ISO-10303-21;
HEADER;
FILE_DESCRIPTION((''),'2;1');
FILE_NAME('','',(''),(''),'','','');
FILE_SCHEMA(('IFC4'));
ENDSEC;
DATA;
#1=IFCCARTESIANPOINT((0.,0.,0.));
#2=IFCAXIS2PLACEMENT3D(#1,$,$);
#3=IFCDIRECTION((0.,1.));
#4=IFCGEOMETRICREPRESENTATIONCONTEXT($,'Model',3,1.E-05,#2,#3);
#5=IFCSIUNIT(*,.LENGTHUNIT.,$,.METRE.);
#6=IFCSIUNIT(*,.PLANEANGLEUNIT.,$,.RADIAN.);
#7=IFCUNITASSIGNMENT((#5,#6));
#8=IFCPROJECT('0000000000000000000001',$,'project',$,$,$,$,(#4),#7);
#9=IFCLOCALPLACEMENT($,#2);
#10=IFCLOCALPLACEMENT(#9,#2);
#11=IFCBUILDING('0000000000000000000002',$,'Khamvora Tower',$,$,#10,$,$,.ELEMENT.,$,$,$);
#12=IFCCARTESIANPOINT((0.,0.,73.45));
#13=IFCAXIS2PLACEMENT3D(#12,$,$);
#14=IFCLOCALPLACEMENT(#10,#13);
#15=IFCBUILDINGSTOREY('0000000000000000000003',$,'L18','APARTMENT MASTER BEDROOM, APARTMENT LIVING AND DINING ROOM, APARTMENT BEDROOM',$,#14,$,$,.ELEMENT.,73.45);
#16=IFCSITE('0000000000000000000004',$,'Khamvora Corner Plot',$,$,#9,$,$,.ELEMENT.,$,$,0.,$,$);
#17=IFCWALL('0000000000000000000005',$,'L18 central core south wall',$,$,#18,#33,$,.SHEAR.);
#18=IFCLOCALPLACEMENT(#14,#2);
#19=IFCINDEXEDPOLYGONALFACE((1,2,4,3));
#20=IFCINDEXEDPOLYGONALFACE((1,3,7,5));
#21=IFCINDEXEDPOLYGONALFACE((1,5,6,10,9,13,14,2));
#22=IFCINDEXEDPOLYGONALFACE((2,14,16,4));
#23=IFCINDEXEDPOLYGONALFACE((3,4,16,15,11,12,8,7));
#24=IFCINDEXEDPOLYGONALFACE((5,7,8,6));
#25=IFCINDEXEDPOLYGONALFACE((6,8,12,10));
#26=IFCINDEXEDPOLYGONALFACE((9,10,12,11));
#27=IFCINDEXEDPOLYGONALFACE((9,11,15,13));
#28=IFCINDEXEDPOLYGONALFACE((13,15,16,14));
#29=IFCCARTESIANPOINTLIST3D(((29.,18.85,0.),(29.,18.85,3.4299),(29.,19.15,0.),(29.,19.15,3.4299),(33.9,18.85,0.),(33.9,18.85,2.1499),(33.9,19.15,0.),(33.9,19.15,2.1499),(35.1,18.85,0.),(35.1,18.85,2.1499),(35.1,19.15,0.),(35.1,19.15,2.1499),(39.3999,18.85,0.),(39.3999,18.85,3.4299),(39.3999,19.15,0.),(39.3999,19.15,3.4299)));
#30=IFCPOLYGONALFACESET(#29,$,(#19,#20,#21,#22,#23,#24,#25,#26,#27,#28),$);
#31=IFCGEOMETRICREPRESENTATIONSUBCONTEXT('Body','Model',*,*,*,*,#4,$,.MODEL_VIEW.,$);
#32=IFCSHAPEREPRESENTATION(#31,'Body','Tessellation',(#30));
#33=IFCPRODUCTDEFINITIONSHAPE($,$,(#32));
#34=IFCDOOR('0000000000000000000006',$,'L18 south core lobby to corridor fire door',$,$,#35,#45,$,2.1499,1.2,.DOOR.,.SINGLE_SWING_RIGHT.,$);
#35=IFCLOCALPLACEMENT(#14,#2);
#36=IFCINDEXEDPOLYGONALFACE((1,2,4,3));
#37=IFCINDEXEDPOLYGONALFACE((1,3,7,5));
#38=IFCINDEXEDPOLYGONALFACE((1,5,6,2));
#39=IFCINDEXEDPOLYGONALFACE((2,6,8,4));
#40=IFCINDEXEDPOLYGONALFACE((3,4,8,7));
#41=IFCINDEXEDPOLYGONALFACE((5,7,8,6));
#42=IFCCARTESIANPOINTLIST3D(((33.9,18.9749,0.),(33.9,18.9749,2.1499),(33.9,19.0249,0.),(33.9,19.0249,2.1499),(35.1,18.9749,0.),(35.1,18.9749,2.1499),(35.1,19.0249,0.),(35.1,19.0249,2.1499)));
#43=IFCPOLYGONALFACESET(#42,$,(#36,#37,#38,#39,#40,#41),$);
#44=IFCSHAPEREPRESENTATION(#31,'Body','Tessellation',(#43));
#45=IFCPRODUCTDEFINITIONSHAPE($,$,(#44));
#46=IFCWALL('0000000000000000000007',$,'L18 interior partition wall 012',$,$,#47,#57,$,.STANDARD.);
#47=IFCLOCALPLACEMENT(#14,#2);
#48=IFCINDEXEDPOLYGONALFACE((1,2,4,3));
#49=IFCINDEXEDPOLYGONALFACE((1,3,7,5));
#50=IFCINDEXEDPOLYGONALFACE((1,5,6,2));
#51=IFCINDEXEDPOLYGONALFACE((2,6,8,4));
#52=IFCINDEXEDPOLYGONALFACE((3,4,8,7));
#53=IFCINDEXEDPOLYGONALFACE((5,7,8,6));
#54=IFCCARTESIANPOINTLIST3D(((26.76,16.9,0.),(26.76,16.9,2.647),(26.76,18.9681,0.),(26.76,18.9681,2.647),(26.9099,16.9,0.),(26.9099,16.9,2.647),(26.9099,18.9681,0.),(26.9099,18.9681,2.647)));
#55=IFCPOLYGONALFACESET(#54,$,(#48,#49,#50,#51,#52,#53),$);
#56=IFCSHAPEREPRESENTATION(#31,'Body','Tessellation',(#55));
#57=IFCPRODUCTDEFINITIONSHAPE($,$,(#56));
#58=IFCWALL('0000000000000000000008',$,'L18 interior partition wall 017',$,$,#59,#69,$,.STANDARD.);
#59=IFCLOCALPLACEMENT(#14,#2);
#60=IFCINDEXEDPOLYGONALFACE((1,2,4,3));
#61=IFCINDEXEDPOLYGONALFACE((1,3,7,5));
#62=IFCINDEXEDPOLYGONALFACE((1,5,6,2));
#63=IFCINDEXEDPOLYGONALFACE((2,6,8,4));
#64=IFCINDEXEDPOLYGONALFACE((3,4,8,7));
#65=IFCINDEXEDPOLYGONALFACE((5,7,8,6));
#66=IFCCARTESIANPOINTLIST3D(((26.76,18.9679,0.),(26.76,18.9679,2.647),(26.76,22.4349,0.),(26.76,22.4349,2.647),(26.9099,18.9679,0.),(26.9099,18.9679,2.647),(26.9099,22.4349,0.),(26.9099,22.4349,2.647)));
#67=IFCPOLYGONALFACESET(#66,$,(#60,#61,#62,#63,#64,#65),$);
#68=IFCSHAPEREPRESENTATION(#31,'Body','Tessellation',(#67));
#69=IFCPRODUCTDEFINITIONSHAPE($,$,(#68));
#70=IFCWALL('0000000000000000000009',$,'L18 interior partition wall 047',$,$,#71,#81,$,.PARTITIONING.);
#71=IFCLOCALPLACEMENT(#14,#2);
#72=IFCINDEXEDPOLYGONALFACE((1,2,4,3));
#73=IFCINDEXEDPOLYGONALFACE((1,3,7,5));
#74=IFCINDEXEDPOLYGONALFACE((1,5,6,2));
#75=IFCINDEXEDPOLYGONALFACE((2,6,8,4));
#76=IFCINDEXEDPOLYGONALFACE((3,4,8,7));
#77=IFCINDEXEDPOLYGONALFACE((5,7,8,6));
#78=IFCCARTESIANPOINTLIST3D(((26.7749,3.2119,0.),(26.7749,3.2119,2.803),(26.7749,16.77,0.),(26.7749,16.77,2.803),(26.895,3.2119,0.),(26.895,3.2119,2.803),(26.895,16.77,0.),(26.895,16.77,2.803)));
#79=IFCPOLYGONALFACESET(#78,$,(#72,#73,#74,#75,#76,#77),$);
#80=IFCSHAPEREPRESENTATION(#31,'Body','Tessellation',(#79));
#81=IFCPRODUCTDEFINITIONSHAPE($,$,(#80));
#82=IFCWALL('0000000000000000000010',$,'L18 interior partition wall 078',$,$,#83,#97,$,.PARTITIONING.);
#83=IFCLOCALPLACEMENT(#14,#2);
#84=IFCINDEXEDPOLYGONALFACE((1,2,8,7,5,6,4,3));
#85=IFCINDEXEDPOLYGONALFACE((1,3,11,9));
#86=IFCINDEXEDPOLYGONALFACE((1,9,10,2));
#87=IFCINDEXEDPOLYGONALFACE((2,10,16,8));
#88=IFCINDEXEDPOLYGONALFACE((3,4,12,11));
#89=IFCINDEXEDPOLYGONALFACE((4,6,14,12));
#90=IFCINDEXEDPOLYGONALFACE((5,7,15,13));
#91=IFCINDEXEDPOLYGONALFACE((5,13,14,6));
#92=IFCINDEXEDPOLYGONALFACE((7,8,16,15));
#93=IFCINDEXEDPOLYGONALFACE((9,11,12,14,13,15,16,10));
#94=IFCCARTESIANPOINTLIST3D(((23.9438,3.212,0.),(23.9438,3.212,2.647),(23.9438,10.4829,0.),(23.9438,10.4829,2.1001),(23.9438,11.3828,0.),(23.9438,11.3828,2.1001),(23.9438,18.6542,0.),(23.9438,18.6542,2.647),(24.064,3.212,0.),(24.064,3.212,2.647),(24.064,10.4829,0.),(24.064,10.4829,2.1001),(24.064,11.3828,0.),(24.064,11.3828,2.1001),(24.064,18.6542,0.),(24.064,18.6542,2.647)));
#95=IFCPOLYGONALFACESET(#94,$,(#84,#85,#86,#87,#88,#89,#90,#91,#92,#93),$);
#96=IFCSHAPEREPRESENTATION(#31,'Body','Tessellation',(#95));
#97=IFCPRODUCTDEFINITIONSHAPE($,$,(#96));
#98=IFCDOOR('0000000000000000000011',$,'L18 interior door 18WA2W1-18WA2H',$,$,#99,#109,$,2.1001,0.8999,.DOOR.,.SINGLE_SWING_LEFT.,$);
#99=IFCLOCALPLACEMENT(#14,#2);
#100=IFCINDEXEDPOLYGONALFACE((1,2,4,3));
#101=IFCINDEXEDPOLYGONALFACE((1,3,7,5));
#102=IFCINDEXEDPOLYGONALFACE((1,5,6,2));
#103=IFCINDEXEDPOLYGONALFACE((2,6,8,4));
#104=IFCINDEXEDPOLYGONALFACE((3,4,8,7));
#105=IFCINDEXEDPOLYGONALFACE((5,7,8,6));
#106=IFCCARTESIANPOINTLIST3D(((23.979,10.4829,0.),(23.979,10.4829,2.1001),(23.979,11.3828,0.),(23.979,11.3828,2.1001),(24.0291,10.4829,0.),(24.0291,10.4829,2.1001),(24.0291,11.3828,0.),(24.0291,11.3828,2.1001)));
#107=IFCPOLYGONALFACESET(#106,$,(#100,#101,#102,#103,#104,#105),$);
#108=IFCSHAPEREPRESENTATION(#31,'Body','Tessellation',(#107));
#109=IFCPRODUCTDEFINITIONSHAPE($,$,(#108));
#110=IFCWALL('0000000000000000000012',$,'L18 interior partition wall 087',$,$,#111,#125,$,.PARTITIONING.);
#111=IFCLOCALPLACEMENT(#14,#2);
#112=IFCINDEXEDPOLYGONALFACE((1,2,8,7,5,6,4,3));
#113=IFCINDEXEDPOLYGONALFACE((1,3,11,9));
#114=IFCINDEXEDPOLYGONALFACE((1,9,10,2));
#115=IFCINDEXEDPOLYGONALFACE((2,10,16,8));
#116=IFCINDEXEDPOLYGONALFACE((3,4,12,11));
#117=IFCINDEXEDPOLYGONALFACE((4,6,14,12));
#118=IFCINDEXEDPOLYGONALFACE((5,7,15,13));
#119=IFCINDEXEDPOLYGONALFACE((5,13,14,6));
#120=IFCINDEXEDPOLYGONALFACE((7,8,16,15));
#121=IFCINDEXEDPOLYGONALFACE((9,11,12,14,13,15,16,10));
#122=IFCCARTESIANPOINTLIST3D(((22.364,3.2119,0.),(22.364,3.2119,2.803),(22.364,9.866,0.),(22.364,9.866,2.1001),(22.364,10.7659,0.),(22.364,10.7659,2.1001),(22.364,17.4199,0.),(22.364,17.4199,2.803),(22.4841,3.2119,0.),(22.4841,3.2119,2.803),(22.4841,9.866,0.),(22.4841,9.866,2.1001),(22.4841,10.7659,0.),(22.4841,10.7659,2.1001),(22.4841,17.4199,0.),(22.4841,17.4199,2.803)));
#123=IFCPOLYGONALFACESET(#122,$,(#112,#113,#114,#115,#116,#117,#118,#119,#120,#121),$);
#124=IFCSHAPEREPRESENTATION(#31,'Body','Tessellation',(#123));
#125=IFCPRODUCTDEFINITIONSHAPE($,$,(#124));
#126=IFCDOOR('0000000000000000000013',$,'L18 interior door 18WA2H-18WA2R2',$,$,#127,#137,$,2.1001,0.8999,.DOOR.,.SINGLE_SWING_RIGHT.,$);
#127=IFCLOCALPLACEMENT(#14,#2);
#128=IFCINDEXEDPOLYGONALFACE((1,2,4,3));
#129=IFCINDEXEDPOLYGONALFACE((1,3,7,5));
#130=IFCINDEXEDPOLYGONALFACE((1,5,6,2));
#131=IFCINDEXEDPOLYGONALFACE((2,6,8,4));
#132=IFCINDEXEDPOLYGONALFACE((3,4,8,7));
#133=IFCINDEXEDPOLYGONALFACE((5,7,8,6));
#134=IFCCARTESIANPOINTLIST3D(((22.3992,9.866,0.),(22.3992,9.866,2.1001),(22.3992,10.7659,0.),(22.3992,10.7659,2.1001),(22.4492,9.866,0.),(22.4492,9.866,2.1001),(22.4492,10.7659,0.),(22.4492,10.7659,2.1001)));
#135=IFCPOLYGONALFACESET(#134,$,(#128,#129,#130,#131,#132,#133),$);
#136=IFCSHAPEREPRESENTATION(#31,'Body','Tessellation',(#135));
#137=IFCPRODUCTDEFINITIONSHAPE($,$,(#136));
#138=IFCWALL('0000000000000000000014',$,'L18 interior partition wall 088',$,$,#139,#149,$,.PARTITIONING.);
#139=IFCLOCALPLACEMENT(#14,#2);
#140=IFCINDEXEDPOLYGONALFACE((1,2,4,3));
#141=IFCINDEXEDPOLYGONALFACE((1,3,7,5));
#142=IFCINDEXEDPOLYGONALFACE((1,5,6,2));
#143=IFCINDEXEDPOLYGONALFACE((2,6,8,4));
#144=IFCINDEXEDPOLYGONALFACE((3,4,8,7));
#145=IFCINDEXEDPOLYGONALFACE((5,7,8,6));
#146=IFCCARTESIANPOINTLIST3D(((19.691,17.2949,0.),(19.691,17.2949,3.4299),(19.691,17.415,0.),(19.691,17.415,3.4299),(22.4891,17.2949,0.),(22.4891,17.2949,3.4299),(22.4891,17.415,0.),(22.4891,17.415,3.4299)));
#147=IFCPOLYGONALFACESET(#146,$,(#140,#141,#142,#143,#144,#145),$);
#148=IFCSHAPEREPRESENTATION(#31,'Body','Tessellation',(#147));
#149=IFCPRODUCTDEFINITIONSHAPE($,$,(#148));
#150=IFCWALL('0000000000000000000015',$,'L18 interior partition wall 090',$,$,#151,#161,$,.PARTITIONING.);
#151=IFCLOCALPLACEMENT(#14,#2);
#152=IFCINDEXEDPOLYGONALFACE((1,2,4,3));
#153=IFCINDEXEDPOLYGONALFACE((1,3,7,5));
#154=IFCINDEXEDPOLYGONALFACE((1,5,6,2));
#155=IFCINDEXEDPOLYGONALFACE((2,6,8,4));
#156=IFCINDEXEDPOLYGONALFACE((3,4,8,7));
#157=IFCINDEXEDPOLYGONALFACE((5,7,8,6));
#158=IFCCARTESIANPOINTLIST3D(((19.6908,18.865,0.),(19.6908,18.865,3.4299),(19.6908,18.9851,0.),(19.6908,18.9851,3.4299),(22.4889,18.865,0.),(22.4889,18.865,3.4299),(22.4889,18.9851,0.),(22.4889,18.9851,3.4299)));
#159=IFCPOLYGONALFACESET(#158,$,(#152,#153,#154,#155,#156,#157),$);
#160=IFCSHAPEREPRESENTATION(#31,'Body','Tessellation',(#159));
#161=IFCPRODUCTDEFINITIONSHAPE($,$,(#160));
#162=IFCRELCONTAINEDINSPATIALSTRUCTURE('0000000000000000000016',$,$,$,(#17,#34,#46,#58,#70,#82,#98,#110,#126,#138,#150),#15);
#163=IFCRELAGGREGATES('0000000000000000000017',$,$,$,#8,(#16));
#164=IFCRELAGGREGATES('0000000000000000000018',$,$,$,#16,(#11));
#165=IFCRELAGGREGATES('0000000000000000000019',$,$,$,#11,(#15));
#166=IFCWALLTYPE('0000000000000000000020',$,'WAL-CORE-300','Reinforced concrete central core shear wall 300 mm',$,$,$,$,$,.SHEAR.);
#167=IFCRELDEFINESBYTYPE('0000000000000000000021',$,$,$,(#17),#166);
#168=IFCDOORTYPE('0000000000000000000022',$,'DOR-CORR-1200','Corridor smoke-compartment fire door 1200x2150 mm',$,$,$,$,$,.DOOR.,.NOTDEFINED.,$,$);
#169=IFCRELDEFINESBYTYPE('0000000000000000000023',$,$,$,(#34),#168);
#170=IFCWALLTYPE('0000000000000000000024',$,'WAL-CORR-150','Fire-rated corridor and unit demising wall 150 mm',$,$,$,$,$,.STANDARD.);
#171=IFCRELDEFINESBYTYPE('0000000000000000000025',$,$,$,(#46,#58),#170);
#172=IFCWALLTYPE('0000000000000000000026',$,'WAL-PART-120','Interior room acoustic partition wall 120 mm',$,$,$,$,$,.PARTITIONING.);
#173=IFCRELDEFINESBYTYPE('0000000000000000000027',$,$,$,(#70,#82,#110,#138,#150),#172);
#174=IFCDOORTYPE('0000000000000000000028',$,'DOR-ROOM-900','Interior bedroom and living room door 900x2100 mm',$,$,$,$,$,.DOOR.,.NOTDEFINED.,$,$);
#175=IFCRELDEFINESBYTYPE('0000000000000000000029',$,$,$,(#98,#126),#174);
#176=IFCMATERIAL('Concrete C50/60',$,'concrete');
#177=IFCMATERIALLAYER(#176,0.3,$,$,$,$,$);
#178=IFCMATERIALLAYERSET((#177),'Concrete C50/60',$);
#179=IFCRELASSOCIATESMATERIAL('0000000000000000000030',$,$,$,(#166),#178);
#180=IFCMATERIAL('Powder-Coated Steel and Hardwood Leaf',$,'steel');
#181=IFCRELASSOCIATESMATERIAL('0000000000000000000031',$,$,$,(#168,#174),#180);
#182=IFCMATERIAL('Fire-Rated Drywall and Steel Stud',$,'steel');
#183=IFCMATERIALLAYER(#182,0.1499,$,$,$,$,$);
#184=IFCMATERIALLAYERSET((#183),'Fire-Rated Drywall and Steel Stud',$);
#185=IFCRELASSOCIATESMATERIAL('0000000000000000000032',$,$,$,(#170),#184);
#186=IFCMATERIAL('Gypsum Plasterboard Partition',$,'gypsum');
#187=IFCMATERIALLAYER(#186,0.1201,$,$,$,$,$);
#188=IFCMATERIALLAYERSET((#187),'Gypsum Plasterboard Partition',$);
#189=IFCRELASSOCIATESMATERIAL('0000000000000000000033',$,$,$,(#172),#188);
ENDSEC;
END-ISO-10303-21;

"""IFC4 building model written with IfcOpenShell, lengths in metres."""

from ifc_helpers import new_model, si_unit, direction, frame, frame_2d, origin, place, context, subcontext, project, spatial, rectangle, extrude, material, layer, layer_set, type_object, element, fill, save


model = new_model("IFC4")

# Units and contexts
model_context = context("Model", 3, precision=1e-05, world=origin(), true_north=direction((0.0, 1.0)))
body_context = subcontext(model_context, "Body", "Model", "MODEL_VIEW")
ifc_project = project(units=[si_unit("LENGTHUNIT", "METRE"), si_unit("PLANEANGLEUNIT", "RADIAN")], contexts=[model_context])

# Site, building, storey
site_placement = place(None, origin())
site = spatial("IfcSite", under=ifc_project, at=site_placement, Name="Khamvora Corner Plot", CompositionType="ELEMENT", RefElevation=0.0)
building_placement = place(site_placement, origin())
building = spatial("IfcBuilding", under=site, at=building_placement, Name="Khamvora Tower", CompositionType="ELEMENT")
storey_placement = place(building_placement, frame((0.0, 0.0, 73.45)))
storey = spatial("IfcBuildingStorey", under=building, at=storey_placement, Name="L18", Description="APARTMENT MASTER BEDROOM, APARTMENT LIVING AND DINING ROOM, APARTMENT BEDROOM", CompositionType="ELEMENT", Elevation=73.45)

# Shared definitions
ifc_material_1 = material(Name="Concrete C50/60", Category="concrete")
ifc_layer_1 = layer(ifc_material_1, 0.3)
ifc_layer_set_1 = layer_set([ifc_layer_1], Name="Concrete C50/60")
wall_type_1 = type_object("IfcWallType", Name="WAL-CORE-300", Description="Reinforced concrete central core shear wall 300 mm", PredefinedType="SHEAR", material=ifc_layer_set_1)

# Wall, opening, door
wall_1_placement = place(storey_placement, frame((29.0, 19.0, 0.0), z_axis=(0.0, 0.0, 1.0), x_axis=(1.0, 0.0, 0.0)))
wall_1 = element("IfcWall", 1, at=wall_1_placement, inside=storey, type_object=wall_type_1, Name="L18 central core south wall", PredefinedType="SHEAR", context=body_context, shape_type="SweptSolid", body=[
    extrude(rectangle(XDim=10.3999, YDim=0.3, at=frame_2d((5.2, 0.0))), origin(), (0.0, 0.0, 1.0), 3.4299),
])
opening_1_placement = place(wall_1_placement, frame((4.8999, 0.0, 0.0)))
opening_1 = element("IfcOpeningElement", 2, at=opening_1_placement, cuts=wall_1, PredefinedType="OPENING", context=body_context, shape_type="SweptSolid", body=[
    extrude(rectangle(XDim=1.2, YDim=2.1499, at=frame_2d((0.6001, 1.075))), frame((0.0, 0.1599, 0.0), z_axis=(0.0, -1.0, 0.0), x_axis=(1.0, 0.0, 0.0)), (0.0, 0.0, 1.0), 0.3201),
])
ifc_material_2 = material(Name="Powder-Coated Steel and Hardwood Leaf", Category="steel")
door_type_1 = type_object("IfcDoorType", Name="DOR-CORR-1200", Description="Corridor smoke-compartment fire door 1200x2150 mm", OperationType="NOTDEFINED", PredefinedType="DOOR", material=ifc_material_2)
door_1_placement = place(opening_1_placement, origin())
door_1 = element("IfcDoor", 3, at=door_1_placement, inside=storey, type_object=door_type_1, Name="L18 south core lobby to corridor fire door", OperationType="SINGLE_SWING_RIGHT", OverallHeight=2.1499, OverallWidth=1.2, PredefinedType="DOOR", context=body_context, shape_type="SweptSolid", body=[
    extrude(rectangle(XDim=1.2, YDim=2.1499, at=frame_2d((0.6001, 1.075))), frame((0.0, 0.0249, 0.0), z_axis=(0.0, -1.0, 0.0), x_axis=(1.0, 0.0, 0.0)), (0.0, 0.0, 1.0), 0.05),
])
fill(opening_1, door_1)

# Walls
ifc_material_3 = material(Name="Fire-Rated Drywall and Steel Stud", Category="steel")
ifc_layer_2 = layer(ifc_material_3, 0.1499)
ifc_layer_set_2 = layer_set([ifc_layer_2], Name="Fire-Rated Drywall and Steel Stud")
wall_type_2 = type_object("IfcWallType", Name="WAL-CORR-150", Description="Fire-rated corridor and unit demising wall 150 mm", PredefinedType="STANDARD", material=ifc_layer_set_2)
wall_2_placement = place(storey_placement, frame((26.835, 16.8999, 0.0), z_axis=(0.0, 0.0, 1.0), x_axis=(0.0, 1.0, 0.0)))
element("IfcWall", 4, at=wall_2_placement, inside=storey, type_object=wall_type_2, Name="L18 interior partition wall 012", PredefinedType="STANDARD", context=body_context, shape_type="SweptSolid", body=[
    extrude(rectangle(XDim=2.0681, YDim=0.1499, at=frame_2d((1.0342, 0.0))), origin(), (0.0, 0.0, 1.0), 2.647),
])
wall_3_placement = place(storey_placement, frame((26.835, 18.968, 0.0), z_axis=(0.0, 0.0, 1.0), x_axis=(0.0, 1.0, 0.0)))
element("IfcWall", 5, at=wall_3_placement, inside=storey, type_object=wall_type_2, Name="L18 interior partition wall 017", PredefinedType="STANDARD", context=body_context, shape_type="SweptSolid", body=[
    extrude(rectangle(XDim=3.467, YDim=0.1499, at=frame_2d((1.7334, 0.0))), origin(), (0.0, 0.0, 1.0), 2.647),
])
ifc_material_4 = material(Name="Gypsum Plasterboard Partition", Category="gypsum")
ifc_layer_3 = layer(ifc_material_4, 0.1201)
ifc_layer_set_3 = layer_set([ifc_layer_3], Name="Gypsum Plasterboard Partition")
wall_type_3 = type_object("IfcWallType", Name="WAL-PART-120", Description="Interior room acoustic partition wall 120 mm", PredefinedType="PARTITIONING", material=ifc_layer_set_3)
wall_4_placement = place(storey_placement, frame((26.835, 3.2119, 0.0), z_axis=(0.0, 0.0, 1.0), x_axis=(0.0, 1.0, 0.0)))
element("IfcWall", 6, at=wall_4_placement, inside=storey, type_object=wall_type_3, Name="L18 interior partition wall 047", PredefinedType="PARTITIONING", context=body_context, shape_type="SweptSolid", body=[
    extrude(rectangle(XDim=13.5581, YDim=0.1201, at=frame_2d((6.7791, 0.0))), origin(), (0.0, 0.0, 1.0), 2.803),
])

# Walls, openings, doors
wall_5_placement = place(storey_placement, frame((24.0039, 3.2119, 0.0), z_axis=(0.0, 0.0, 1.0), x_axis=(0.0, 1.0, 0.0)))
wall_5 = element("IfcWall", 7, at=wall_5_placement, inside=storey, type_object=wall_type_3, Name="L18 interior partition wall 078", PredefinedType="PARTITIONING", context=body_context, shape_type="SweptSolid", body=[
    extrude(rectangle(XDim=15.4421, YDim=0.1201, at=frame_2d((7.7212, 0.0))), origin(), (0.0, 0.0, 1.0), 2.647),
])
opening_2_placement = place(wall_5_placement, frame((7.271, 0.0, 0.0)))
opening_2 = element("IfcOpeningElement", 8, at=opening_2_placement, cuts=wall_5, PredefinedType="OPENING", context=body_context, shape_type="SweptSolid", body=[
    extrude(rectangle(XDim=0.8999, YDim=2.1001, at=frame_2d((0.45, 1.05))), frame((0.0, 0.0701, 0.0), z_axis=(0.0, -1.0, 0.0), x_axis=(1.0, 0.0, 0.0)), (0.0, 0.0, 1.0), 0.1401),
])
door_type_2 = type_object("IfcDoorType", Name="DOR-ROOM-900", Description="Interior bedroom and living room door 900x2100 mm", OperationType="NOTDEFINED", PredefinedType="DOOR", material=ifc_material_2)
door_2_placement = place(opening_2_placement, origin())
door_2 = element("IfcDoor", 9, at=door_2_placement, inside=storey, type_object=door_type_2, Name="L18 interior door 18WA2W1-18WA2H", OperationType="SINGLE_SWING_LEFT", OverallHeight=2.1001, OverallWidth=0.8999, PredefinedType="DOOR", context=body_context, shape_type="SweptSolid", body=[
    extrude(rectangle(XDim=0.8999, YDim=2.1001, at=frame_2d((0.45, 1.05))), frame((0.0, 0.0249, 0.0), z_axis=(0.0, -1.0, 0.0), x_axis=(1.0, 0.0, 0.0)), (0.0, 0.0, 1.0), 0.05),
])
fill(opening_2, door_2)
wall_6_placement = place(storey_placement, frame((22.4241, 3.2119, 0.0), z_axis=(0.0, 0.0, 1.0), x_axis=(0.0, 1.0, 0.0)))
wall_6 = element("IfcWall", 10, at=wall_6_placement, inside=storey, type_object=wall_type_3, Name="L18 interior partition wall 087", PredefinedType="PARTITIONING", context=body_context, shape_type="SweptSolid", body=[
    extrude(rectangle(XDim=14.208, YDim=0.1201, at=frame_2d((7.104, 0.0))), origin(), (0.0, 0.0, 1.0), 2.803),
])
opening_3_placement = place(wall_6_placement, frame((6.6541, 0.0, 0.0)))
opening_3 = element("IfcOpeningElement", 11, at=opening_3_placement, cuts=wall_6, PredefinedType="OPENING", context=body_context, shape_type="SweptSolid", body=[
    extrude(rectangle(XDim=0.8999, YDim=2.1001, at=frame_2d((0.45, 1.05))), frame((0.0, 0.0701, 0.0), z_axis=(0.0, -1.0, 0.0), x_axis=(1.0, 0.0, 0.0)), (0.0, 0.0, 1.0), 0.1401),
])
door_3_placement = place(opening_3_placement, origin())
door_3 = element("IfcDoor", 12, at=door_3_placement, inside=storey, type_object=door_type_2, Name="L18 interior door 18WA2H-18WA2R2", OperationType="SINGLE_SWING_RIGHT", OverallHeight=2.1001, OverallWidth=0.8999, PredefinedType="DOOR", context=body_context, shape_type="SweptSolid", body=[
    extrude(rectangle(XDim=0.8999, YDim=2.1001, at=frame_2d((0.45, 1.05))), frame((0.0, 0.0249, 0.0), z_axis=(0.0, -1.0, 0.0), x_axis=(1.0, 0.0, 0.0)), (0.0, 0.0, 1.0), 0.05),
])
fill(opening_3, door_3)

# Walls
for number, where, z_axis, x_axis, name in (
    (13, (22.489, 17.355, 0.0), (0.0, 0.0, 1.0), (-1.0, 0.0, 0.0), "L18 interior partition wall 088"),
    (14, (19.6909, 18.925, 0.0), (0.0, 0.0, 1.0), (1.0, 0.0, 0.0), "L18 interior partition wall 090"),
):
    element("IfcWall", number, at=place(storey_placement, frame(where, z_axis=z_axis, x_axis=x_axis)), inside=storey, type_object=wall_type_3, Name=name, PredefinedType="PARTITIONING", context=body_context, shape_type="SweptSolid", body=[
        extrude(rectangle(XDim=2.7981, YDim=0.1201, at=frame_2d((1.3989, 0.0))), origin(), (0.0, 0.0, 1.0), 3.4299),
    ])

save(model, "model.ifc")
